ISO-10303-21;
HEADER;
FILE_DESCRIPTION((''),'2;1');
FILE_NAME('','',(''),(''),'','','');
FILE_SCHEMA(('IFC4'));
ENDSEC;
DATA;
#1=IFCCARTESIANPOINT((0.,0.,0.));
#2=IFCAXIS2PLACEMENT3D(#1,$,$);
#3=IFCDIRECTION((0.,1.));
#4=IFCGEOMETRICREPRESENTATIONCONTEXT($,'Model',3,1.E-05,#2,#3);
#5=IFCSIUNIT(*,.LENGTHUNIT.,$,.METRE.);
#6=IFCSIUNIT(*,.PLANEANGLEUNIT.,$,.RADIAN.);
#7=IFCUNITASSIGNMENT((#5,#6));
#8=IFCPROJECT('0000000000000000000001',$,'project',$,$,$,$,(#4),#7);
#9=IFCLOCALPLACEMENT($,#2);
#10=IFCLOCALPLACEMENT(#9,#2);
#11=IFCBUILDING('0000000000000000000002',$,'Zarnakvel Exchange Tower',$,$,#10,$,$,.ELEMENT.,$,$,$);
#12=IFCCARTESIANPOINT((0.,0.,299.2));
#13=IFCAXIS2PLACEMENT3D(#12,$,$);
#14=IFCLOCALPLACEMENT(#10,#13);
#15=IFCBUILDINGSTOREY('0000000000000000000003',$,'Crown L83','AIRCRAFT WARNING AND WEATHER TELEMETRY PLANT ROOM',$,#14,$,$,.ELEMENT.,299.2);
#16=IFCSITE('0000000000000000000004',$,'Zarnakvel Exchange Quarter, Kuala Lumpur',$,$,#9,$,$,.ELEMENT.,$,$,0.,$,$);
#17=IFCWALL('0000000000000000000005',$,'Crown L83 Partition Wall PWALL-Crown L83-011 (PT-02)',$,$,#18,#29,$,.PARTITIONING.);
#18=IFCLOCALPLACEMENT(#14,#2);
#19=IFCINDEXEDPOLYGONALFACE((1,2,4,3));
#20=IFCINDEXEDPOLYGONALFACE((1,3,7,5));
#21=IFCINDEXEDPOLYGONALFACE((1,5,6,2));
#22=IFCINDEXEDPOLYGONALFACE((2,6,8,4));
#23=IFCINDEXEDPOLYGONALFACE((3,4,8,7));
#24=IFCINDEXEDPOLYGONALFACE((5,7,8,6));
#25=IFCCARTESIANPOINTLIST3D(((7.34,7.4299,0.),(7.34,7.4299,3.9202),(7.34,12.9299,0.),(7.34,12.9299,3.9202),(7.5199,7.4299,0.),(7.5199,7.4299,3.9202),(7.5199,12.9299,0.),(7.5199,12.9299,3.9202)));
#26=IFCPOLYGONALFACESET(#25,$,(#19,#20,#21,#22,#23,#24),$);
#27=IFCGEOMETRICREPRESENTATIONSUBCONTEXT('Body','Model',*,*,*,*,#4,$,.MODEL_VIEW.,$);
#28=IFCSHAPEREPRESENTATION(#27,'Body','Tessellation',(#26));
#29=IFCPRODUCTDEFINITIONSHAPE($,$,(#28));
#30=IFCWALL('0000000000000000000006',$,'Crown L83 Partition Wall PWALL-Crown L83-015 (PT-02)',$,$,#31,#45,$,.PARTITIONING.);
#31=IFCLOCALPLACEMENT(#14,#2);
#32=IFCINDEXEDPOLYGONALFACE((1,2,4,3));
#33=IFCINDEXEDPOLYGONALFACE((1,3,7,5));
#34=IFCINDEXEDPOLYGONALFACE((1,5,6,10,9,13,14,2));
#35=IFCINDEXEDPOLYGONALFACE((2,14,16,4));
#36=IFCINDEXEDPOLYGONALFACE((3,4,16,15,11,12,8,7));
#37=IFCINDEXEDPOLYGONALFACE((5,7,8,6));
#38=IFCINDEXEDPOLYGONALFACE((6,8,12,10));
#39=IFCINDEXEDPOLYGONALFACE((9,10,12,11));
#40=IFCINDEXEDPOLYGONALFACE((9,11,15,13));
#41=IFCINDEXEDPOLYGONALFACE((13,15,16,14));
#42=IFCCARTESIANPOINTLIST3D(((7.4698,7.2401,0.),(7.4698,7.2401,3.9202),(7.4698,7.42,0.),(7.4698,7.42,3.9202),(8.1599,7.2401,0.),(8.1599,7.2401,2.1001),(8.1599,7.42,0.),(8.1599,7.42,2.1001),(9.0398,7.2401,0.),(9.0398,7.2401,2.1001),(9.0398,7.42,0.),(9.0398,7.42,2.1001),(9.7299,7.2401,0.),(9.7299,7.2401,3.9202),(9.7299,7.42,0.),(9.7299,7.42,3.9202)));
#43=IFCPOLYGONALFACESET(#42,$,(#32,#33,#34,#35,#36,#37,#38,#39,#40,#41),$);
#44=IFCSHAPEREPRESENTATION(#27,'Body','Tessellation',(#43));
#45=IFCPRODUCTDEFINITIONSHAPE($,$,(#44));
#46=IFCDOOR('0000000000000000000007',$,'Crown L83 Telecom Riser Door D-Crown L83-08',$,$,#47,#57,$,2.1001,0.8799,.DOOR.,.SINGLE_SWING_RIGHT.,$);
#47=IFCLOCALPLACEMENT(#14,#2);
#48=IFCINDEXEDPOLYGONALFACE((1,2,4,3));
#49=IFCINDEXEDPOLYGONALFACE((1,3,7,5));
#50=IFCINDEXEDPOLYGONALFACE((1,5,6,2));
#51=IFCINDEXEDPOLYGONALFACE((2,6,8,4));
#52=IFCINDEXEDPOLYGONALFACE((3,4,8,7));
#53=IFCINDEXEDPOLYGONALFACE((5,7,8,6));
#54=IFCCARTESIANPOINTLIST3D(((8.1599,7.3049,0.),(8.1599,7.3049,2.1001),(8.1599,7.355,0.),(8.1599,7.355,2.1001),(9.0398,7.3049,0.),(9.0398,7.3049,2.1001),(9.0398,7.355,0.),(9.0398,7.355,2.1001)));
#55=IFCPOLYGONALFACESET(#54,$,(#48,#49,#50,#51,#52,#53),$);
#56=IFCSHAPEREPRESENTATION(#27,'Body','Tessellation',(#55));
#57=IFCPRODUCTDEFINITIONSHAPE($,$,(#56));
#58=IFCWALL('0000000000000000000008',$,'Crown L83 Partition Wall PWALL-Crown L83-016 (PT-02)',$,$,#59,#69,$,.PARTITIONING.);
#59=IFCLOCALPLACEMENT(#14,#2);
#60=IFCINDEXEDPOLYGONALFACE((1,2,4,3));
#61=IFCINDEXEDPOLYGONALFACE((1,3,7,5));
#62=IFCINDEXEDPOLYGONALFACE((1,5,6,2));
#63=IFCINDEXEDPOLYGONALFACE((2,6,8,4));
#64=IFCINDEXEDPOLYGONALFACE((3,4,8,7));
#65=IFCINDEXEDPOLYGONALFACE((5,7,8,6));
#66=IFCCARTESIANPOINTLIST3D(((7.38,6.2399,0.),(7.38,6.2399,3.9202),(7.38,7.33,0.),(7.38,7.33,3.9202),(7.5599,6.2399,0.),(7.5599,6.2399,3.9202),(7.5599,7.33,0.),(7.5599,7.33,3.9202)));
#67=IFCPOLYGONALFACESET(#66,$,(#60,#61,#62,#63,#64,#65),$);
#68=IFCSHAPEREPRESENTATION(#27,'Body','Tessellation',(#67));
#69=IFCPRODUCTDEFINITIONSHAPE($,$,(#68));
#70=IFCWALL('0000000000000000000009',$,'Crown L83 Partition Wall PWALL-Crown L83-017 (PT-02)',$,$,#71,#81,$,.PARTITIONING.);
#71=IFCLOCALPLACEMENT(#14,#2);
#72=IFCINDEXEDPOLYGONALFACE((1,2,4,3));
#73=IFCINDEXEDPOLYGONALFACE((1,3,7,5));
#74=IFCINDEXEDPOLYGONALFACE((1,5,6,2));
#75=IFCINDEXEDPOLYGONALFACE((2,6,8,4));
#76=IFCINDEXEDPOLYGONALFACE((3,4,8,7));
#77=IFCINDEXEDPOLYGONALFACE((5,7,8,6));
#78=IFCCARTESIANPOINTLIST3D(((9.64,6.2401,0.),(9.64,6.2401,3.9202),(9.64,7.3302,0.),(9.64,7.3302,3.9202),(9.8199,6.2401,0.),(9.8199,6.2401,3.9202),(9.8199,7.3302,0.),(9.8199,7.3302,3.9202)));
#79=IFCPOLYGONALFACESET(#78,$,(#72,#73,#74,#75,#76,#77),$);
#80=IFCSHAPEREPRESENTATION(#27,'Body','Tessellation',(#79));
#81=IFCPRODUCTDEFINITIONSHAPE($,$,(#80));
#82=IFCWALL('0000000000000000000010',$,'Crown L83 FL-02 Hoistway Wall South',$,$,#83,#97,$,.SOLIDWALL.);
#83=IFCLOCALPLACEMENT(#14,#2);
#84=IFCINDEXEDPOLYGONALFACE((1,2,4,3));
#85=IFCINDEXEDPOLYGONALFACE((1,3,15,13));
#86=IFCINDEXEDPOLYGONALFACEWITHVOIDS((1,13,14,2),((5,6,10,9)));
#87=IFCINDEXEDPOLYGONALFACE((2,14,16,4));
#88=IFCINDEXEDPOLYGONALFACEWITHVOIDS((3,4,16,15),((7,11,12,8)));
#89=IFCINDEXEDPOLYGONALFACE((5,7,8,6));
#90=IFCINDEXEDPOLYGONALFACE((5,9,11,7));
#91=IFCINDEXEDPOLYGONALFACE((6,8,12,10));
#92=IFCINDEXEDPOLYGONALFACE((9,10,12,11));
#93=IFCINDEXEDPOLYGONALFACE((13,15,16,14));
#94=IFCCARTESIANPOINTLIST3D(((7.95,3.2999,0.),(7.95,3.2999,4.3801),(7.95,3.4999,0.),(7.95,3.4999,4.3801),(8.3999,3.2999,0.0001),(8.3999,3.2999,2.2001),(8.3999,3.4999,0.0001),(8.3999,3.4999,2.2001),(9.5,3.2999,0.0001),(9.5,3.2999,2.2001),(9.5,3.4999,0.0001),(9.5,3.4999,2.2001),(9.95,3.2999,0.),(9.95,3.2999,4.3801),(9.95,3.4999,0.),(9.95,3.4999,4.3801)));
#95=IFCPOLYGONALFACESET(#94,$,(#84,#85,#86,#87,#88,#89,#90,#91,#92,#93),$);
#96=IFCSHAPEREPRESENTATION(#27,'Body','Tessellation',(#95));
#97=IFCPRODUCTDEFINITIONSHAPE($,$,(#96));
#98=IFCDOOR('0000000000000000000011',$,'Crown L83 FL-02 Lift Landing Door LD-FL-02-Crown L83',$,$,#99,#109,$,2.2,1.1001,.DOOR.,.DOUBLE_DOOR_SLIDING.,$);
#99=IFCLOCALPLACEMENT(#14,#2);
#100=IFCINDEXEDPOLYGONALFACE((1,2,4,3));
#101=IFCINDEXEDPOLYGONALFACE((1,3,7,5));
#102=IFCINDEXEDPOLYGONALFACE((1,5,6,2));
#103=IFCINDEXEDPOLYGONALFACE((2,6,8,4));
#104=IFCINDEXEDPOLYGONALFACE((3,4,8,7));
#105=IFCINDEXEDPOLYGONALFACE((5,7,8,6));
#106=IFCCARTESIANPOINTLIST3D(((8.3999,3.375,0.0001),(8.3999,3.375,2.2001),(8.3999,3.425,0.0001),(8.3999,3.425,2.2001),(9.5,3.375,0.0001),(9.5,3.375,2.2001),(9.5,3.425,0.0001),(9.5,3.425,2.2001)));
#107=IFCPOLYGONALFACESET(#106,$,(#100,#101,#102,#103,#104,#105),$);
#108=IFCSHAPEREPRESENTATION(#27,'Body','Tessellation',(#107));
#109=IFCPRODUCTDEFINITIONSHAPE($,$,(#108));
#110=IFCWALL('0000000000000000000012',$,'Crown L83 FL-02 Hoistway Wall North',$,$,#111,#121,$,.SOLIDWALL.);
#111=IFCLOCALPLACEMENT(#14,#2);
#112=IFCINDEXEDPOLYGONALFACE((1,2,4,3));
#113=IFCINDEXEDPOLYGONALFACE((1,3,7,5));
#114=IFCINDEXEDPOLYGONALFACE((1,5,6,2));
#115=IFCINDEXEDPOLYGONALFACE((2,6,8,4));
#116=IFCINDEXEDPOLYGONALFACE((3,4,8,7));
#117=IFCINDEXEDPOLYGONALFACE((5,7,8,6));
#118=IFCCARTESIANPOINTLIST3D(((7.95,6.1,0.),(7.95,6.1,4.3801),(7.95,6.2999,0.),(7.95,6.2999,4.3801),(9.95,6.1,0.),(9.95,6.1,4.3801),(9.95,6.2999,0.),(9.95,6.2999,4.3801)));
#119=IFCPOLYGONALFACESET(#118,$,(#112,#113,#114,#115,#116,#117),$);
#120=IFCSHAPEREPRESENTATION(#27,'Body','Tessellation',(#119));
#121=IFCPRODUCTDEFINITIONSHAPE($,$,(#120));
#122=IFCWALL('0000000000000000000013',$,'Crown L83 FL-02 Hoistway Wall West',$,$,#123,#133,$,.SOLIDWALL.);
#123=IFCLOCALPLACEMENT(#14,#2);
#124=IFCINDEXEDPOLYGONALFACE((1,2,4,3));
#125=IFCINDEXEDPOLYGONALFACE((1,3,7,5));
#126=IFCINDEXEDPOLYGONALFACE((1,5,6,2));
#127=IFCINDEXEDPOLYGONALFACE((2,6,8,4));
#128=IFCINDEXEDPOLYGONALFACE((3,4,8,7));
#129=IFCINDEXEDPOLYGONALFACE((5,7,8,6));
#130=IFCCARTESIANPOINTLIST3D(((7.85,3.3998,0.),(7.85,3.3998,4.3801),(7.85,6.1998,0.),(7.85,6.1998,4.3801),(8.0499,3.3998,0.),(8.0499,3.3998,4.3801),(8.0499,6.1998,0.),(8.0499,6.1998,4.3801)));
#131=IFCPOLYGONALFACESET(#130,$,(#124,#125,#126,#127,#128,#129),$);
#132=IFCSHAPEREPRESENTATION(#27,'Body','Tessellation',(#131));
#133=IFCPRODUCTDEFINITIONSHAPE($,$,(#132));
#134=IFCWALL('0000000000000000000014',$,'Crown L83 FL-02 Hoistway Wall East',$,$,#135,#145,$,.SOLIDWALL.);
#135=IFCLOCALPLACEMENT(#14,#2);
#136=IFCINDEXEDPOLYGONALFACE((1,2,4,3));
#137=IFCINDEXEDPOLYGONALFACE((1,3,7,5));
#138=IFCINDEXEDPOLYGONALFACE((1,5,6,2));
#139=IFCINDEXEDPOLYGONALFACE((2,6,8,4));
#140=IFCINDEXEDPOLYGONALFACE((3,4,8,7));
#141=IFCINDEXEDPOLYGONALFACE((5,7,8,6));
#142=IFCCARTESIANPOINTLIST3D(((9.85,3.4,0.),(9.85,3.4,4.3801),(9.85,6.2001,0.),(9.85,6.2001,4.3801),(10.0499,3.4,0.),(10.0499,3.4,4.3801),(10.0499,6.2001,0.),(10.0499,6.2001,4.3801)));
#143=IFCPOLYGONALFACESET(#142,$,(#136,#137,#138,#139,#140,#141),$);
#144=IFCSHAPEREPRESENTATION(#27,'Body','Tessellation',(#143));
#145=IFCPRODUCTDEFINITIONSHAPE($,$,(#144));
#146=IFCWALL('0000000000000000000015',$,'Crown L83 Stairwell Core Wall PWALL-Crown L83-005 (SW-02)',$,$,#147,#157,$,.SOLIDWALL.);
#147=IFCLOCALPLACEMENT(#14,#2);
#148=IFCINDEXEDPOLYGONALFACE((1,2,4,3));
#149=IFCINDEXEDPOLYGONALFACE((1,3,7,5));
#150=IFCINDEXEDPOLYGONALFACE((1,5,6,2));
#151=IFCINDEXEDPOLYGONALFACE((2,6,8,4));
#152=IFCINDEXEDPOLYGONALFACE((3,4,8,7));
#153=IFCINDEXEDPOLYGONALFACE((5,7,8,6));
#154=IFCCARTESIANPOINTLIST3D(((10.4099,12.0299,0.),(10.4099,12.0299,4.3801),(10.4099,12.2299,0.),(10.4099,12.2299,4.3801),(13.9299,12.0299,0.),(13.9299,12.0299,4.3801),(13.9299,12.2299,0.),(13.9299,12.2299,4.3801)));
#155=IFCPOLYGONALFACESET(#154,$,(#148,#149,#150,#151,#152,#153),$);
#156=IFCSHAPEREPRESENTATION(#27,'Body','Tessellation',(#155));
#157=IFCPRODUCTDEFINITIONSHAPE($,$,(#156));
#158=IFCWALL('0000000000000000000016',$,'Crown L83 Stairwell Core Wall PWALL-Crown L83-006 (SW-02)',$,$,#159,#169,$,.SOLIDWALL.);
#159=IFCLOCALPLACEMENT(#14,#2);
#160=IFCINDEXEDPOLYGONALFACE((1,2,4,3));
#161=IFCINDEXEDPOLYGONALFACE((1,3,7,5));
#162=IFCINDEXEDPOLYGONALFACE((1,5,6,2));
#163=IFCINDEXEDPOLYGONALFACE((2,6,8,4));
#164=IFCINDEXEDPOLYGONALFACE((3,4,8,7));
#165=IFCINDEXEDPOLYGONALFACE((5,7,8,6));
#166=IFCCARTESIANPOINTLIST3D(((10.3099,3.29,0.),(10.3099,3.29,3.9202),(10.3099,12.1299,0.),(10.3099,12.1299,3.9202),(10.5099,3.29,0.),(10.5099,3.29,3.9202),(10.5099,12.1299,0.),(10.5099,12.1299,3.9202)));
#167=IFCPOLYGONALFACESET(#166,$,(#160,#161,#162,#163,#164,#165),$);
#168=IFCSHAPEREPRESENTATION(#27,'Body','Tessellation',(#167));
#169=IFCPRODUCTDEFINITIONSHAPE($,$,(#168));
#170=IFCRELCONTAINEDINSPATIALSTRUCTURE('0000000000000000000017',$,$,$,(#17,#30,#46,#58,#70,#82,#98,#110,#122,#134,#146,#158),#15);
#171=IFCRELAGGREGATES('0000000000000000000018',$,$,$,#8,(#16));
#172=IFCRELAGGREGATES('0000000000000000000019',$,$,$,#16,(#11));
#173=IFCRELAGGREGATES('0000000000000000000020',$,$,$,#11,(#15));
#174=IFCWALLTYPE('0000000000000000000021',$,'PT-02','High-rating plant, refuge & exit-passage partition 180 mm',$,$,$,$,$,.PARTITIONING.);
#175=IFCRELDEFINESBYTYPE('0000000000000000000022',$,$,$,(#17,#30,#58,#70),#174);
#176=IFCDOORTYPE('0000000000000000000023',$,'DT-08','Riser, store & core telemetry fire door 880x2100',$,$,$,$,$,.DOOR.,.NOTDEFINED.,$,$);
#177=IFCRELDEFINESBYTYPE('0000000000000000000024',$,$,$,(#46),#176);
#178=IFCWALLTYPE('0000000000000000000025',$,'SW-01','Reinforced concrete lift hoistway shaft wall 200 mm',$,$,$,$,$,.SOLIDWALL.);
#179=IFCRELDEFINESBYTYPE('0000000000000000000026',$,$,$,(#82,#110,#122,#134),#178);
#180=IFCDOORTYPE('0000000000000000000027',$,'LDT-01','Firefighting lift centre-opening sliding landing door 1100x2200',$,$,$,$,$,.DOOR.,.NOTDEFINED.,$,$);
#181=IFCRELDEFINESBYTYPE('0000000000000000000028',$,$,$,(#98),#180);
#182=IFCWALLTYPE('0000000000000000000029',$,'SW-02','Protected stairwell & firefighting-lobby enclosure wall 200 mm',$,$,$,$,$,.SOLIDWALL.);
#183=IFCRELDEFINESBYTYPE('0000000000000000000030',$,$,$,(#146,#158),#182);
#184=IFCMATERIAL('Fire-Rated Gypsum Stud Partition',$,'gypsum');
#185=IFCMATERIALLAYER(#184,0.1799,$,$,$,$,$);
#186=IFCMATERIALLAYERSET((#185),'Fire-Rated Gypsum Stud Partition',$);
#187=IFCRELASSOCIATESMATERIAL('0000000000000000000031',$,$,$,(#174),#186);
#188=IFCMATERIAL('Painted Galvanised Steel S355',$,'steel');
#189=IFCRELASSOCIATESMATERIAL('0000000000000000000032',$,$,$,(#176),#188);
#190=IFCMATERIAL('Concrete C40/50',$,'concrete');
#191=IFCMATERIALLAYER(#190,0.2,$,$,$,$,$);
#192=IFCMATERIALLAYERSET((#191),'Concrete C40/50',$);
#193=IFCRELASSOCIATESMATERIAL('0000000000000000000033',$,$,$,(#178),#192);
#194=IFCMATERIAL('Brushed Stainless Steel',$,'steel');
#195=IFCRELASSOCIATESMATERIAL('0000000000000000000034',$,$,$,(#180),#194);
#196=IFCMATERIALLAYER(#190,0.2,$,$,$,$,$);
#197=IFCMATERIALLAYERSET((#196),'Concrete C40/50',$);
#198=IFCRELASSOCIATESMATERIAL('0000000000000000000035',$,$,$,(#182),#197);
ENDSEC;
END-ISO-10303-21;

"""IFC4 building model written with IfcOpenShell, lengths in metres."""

from ifc_helpers import new_model, si_unit, direction, frame, frame_2d, origin, place, context, subcontext, project, spatial, rectangle, extrude, source, transform, mapped, material, layer, layer_set, type_object, element, fill, save


model = new_model("IFC4")

# Units and contexts
model_context = context("Model", 3, precision=1e-05, world=origin(), true_north=direction((0.0, 1.0)))
body_context = subcontext(model_context, "Body", "Model", "MODEL_VIEW")
ifc_project = project(units=[si_unit("LENGTHUNIT", "METRE"), si_unit("PLANEANGLEUNIT", "RADIAN")], contexts=[model_context])

# Site, building, storey
site_placement = place(None, origin())
site = spatial("IfcSite", under=ifc_project, at=site_placement, Name="Zarnakvel Exchange Quarter, Kuala Lumpur", CompositionType="ELEMENT", RefElevation=0.0)
building_placement = place(site_placement, origin())
building = spatial("IfcBuilding", under=site, at=building_placement, Name="Zarnakvel Exchange Tower", CompositionType="ELEMENT")
storey_placement = place(building_placement, frame((0.0, 0.0, 299.2)))
storey = spatial("IfcBuildingStorey", under=building, at=storey_placement, Name="Crown L83", Description="AIRCRAFT WARNING AND WEATHER TELEMETRY PLANT ROOM", CompositionType="ELEMENT", Elevation=299.2)

# Shared definitions
ifc_material_1 = material(Name="Fire-Rated Gypsum Stud Partition", Category="gypsum")
ifc_layer_1 = layer(ifc_material_1, 0.1799)
ifc_layer_set_1 = layer_set([ifc_layer_1], Name="Fire-Rated Gypsum Stud Partition")
wall_type_1 = type_object("IfcWallType", Name="PT-02", Description="High-rating plant, refuge & exit-passage partition 180 mm", PredefinedType="PARTITIONING", material=ifc_layer_set_1)
ifc_material_2 = material(Name="Painted Galvanised Steel S355", Category="steel")

# Wall
wall_1_placement = place(storey_placement, frame((7.4299, 12.9299, 0.0), z_axis=(0.0, 0.0, 1.0), x_axis=(0.0, -1.0, 0.0)))
element("IfcWall", 1, at=wall_1_placement, inside=storey, type_object=wall_type_1, Name="Crown L83 Partition Wall PWALL-Crown L83-011 (PT-02)", PredefinedType="PARTITIONING", context=body_context, shape_type="SweptSolid", body=[
    extrude(rectangle(XDim=5.5, YDim=0.1799, at=frame_2d((2.75, 0.0))), origin(), (0.0, 0.0, 1.0), 3.9202),
])

# Wall, opening, door
wall_2_placement = place(storey_placement, frame((7.47, 7.3301, 0.0), z_axis=(0.0, 0.0, 1.0), x_axis=(1.0, 0.0, 0.0)))
wall_2 = element("IfcWall", 2, at=wall_2_placement, inside=storey, type_object=wall_type_1, Name="Crown L83 Partition Wall PWALL-Crown L83-015 (PT-02)", PredefinedType="PARTITIONING", context=body_context, shape_type="SweptSolid", body=[
    extrude(rectangle(XDim=2.26, YDim=0.1799, at=frame_2d((1.1299, 0.0))), origin(), (0.0, 0.0, 1.0), 3.9202),
])
opening_1_placement = place(wall_2_placement, frame((0.6899, 0.0, 0.0)))
opening_1 = element("IfcOpeningElement", 3, at=opening_1_placement, cuts=wall_2, PredefinedType="OPENING", context=body_context, shape_type="SweptSolid", body=[
    extrude(rectangle(XDim=0.8799, YDim=2.1001, at=frame_2d((0.4399, 1.05))), frame((0.0, 0.0999, 0.0), z_axis=(0.0, -1.0, 0.0), x_axis=(1.0, 0.0, 0.0)), (0.0, 0.0, 1.0), 0.2),
])
door_type_1 = type_object("IfcDoorType", Name="DT-08", Description="Riser, store & core telemetry fire door 880x2100", OperationType="NOTDEFINED", PredefinedType="DOOR", material=ifc_material_2)
shared_shape_1 = source(origin(), body_context, "Body", "SweptSolid", [
    extrude(rectangle(XDim=0.8799, YDim=2.1001, at=frame_2d((0.4399, 1.05))), frame((0.0, 0.0249, 0.0), z_axis=(0.0, -1.0, 0.0), x_axis=(1.0, 0.0, 0.0)), (0.0, 0.0, 1.0), 0.05),
])
door_1_placement = place(opening_1_placement, origin())
door_1 = element("IfcDoor", 4, at=door_1_placement, inside=storey, type_object=door_type_1, Name="Crown L83 Telecom Riser Door D-Crown L83-08", OperationType="SINGLE_SWING_RIGHT", OverallHeight=2.1001, OverallWidth=0.8799, PredefinedType="DOOR", context=body_context, shape_type="MappedRepresentation", body=[
    mapped(shared_shape_1, transform((0.0, 0.0, 0.0), x_axis=(1.0, 0.0, 0.0), y_axis=(0.0, 1.0, 0.0), z_axis=(0.0, 0.0, 1.0), scale=1.0)),
])
fill(opening_1, door_1)

# Walls
for number, where, z_axis, x_axis, name in (
    (5, (7.47, 6.24, 0.0), (0.0, 0.0, 1.0), (0.0, 1.0, 0.0), "Crown L83 Partition Wall PWALL-Crown L83-016 (PT-02)"),
    (6, (9.73, 7.3301, 0.0), (0.0, 0.0, 1.0), (0.0, -1.0, 0.0), "Crown L83 Partition Wall PWALL-Crown L83-017 (PT-02)"),
):
    element("IfcWall", number, at=place(storey_placement, frame(where, z_axis=z_axis, x_axis=x_axis)), inside=storey, type_object=wall_type_1, Name=name, PredefinedType="PARTITIONING", context=body_context, shape_type="SweptSolid", body=[
        extrude(rectangle(XDim=1.0901, YDim=0.1799, at=frame_2d((0.5449, 0.0))), origin(), (0.0, 0.0, 1.0), 3.9202),
    ])

# Wall, opening, door
ifc_material_3 = material(Name="Concrete C40/50", Category="concrete")
ifc_layer_2 = layer(ifc_material_3, 0.2)
ifc_layer_set_2 = layer_set([ifc_layer_2], Name="Concrete C40/50")
wall_type_2 = type_object("IfcWallType", Name="SW-01", Description="Reinforced concrete lift hoistway shaft wall 200 mm", PredefinedType="SOLIDWALL", material=ifc_layer_set_2)
wall_3_placement = place(storey_placement, frame((9.95, 3.3999, 0.0), z_axis=(0.0, 0.0, 1.0), x_axis=(-1.0, 0.0, 0.0)))
wall_3 = element("IfcWall", 7, at=wall_3_placement, inside=storey, type_object=wall_type_2, Name="Crown L83 FL-02 Hoistway Wall South", PredefinedType="SOLIDWALL", context=body_context, shape_type="SweptSolid", body=[
    extrude(rectangle(XDim=2.0, YDim=0.2, at=frame_2d((1.0, 0.0))), origin(), (0.0, 0.0, 1.0), 4.3801),
])
opening_2_placement = place(wall_3_placement, frame((0.45, 0.0, 0.0)))
opening_2 = element("IfcOpeningElement", 8, at=opening_2_placement, cuts=wall_3, PredefinedType="OPENING", context=body_context, shape_type="SweptSolid", body=[
    extrude(rectangle(XDim=1.1001, YDim=2.2, at=frame_2d((0.55, 1.1001))), frame((0.0, 0.1099, 0.0), z_axis=(0.0, -1.0, 0.0), x_axis=(1.0, 0.0, 0.0)), (0.0, 0.0, 1.0), 0.22),
])
ifc_material_4 = material(Name="Brushed Stainless Steel", Category="steel")
door_type_2 = type_object("IfcDoorType", Name="LDT-01", Description="Firefighting lift centre-opening sliding landing door 1100x2200", OperationType="NOTDEFINED", PredefinedType="DOOR", material=ifc_material_4)
shared_shape_2 = source(origin(), body_context, "Body", "SweptSolid", [
    extrude(rectangle(XDim=1.1001, YDim=2.2, at=frame_2d((0.55, 1.1001))), frame((0.0, 0.0249, 0.0), z_axis=(0.0, -1.0, 0.0), x_axis=(1.0, 0.0, 0.0)), (0.0, 0.0, 1.0), 0.05),
])
door_2_placement = place(opening_2_placement, origin())
door_2 = element("IfcDoor", 9, at=door_2_placement, inside=storey, type_object=door_type_2, Name="Crown L83 FL-02 Lift Landing Door LD-FL-02-Crown L83", OperationType="DOUBLE_DOOR_SLIDING", OverallHeight=2.2, OverallWidth=1.1001, PredefinedType="DOOR", context=body_context, shape_type="MappedRepresentation", body=[
    mapped(shared_shape_2, transform((0.0, 0.0, 0.0), x_axis=(1.0, 0.0, 0.0), y_axis=(0.0, 1.0, 0.0), z_axis=(0.0, 0.0, 1.0), scale=1.0)),
])
fill(opening_2, door_2)

# Walls
wall_4_placement = place(storey_placement, frame((7.95, 6.2, 0.0), z_axis=(0.0, 0.0, 1.0), x_axis=(1.0, 0.0, 0.0)))
element("IfcWall", 10, at=wall_4_placement, inside=storey, type_object=wall_type_2, Name="Crown L83 FL-02 Hoistway Wall North", PredefinedType="SOLIDWALL", context=body_context, shape_type="SweptSolid", body=[
    extrude(rectangle(XDim=2.0, YDim=0.2, at=frame_2d((1.0, 0.0))), origin(), (0.0, 0.0, 1.0), 4.3801),
])
for number, where, z_axis, x_axis, name in (
    (11, (7.95, 3.3999, 0.0), (0.0, 0.0, 1.0), (0.0, 1.0, 0.0), "Crown L83 FL-02 Hoistway Wall West"),
    (12, (9.95, 6.2, 0.0), (0.0, 0.0, 1.0), (0.0, -1.0, 0.0), "Crown L83 FL-02 Hoistway Wall East"),
):
    element("IfcWall", number, at=place(storey_placement, frame(where, z_axis=z_axis, x_axis=x_axis)), inside=storey, type_object=wall_type_2, Name=name, PredefinedType="SOLIDWALL", context=body_context, shape_type="SweptSolid", body=[
        extrude(rectangle(XDim=2.8, YDim=0.2, at=frame_2d((1.3999, 0.0))), origin(), (0.0, 0.0, 1.0), 4.3801),
    ])
ifc_layer_3 = layer(ifc_material_3, 0.2)
ifc_layer_set_3 = layer_set([ifc_layer_3], Name="Concrete C40/50")
wall_type_3 = type_object("IfcWallType", Name="SW-02", Description="Protected stairwell & firefighting-lobby enclosure wall 200 mm", PredefinedType="SOLIDWALL", material=ifc_layer_set_3)
wall_5_placement = place(storey_placement, frame((10.4099, 12.1299, 0.0), z_axis=(0.0, 0.0, 1.0), x_axis=(1.0, 0.0, 0.0)))
element("IfcWall", 13, at=wall_5_placement, inside=storey, type_object=wall_type_3, Name="Crown L83 Stairwell Core Wall PWALL-Crown L83-005 (SW-02)", PredefinedType="SOLIDWALL", context=body_context, shape_type="SweptSolid", body=[
    extrude(rectangle(XDim=3.52, YDim=0.2, at=frame_2d((1.76, 0.0))), origin(), (0.0, 0.0, 1.0), 4.3801),
])
wall_6_placement = place(storey_placement, frame((10.4099, 3.29, 0.0), z_axis=(0.0, 0.0, 1.0), x_axis=(0.0, 1.0, 0.0)))
element("IfcWall", 14, at=wall_6_placement, inside=storey, type_object=wall_type_3, Name="Crown L83 Stairwell Core Wall PWALL-Crown L83-006 (SW-02)", PredefinedType="SOLIDWALL", context=body_context, shape_type="SweptSolid", body=[
    extrude(rectangle(XDim=8.8398, YDim=0.2, at=frame_2d((4.4199, 0.0))), origin(), (0.0, 0.0, 1.0), 3.9202),
])

save(model, "model.ifc")
